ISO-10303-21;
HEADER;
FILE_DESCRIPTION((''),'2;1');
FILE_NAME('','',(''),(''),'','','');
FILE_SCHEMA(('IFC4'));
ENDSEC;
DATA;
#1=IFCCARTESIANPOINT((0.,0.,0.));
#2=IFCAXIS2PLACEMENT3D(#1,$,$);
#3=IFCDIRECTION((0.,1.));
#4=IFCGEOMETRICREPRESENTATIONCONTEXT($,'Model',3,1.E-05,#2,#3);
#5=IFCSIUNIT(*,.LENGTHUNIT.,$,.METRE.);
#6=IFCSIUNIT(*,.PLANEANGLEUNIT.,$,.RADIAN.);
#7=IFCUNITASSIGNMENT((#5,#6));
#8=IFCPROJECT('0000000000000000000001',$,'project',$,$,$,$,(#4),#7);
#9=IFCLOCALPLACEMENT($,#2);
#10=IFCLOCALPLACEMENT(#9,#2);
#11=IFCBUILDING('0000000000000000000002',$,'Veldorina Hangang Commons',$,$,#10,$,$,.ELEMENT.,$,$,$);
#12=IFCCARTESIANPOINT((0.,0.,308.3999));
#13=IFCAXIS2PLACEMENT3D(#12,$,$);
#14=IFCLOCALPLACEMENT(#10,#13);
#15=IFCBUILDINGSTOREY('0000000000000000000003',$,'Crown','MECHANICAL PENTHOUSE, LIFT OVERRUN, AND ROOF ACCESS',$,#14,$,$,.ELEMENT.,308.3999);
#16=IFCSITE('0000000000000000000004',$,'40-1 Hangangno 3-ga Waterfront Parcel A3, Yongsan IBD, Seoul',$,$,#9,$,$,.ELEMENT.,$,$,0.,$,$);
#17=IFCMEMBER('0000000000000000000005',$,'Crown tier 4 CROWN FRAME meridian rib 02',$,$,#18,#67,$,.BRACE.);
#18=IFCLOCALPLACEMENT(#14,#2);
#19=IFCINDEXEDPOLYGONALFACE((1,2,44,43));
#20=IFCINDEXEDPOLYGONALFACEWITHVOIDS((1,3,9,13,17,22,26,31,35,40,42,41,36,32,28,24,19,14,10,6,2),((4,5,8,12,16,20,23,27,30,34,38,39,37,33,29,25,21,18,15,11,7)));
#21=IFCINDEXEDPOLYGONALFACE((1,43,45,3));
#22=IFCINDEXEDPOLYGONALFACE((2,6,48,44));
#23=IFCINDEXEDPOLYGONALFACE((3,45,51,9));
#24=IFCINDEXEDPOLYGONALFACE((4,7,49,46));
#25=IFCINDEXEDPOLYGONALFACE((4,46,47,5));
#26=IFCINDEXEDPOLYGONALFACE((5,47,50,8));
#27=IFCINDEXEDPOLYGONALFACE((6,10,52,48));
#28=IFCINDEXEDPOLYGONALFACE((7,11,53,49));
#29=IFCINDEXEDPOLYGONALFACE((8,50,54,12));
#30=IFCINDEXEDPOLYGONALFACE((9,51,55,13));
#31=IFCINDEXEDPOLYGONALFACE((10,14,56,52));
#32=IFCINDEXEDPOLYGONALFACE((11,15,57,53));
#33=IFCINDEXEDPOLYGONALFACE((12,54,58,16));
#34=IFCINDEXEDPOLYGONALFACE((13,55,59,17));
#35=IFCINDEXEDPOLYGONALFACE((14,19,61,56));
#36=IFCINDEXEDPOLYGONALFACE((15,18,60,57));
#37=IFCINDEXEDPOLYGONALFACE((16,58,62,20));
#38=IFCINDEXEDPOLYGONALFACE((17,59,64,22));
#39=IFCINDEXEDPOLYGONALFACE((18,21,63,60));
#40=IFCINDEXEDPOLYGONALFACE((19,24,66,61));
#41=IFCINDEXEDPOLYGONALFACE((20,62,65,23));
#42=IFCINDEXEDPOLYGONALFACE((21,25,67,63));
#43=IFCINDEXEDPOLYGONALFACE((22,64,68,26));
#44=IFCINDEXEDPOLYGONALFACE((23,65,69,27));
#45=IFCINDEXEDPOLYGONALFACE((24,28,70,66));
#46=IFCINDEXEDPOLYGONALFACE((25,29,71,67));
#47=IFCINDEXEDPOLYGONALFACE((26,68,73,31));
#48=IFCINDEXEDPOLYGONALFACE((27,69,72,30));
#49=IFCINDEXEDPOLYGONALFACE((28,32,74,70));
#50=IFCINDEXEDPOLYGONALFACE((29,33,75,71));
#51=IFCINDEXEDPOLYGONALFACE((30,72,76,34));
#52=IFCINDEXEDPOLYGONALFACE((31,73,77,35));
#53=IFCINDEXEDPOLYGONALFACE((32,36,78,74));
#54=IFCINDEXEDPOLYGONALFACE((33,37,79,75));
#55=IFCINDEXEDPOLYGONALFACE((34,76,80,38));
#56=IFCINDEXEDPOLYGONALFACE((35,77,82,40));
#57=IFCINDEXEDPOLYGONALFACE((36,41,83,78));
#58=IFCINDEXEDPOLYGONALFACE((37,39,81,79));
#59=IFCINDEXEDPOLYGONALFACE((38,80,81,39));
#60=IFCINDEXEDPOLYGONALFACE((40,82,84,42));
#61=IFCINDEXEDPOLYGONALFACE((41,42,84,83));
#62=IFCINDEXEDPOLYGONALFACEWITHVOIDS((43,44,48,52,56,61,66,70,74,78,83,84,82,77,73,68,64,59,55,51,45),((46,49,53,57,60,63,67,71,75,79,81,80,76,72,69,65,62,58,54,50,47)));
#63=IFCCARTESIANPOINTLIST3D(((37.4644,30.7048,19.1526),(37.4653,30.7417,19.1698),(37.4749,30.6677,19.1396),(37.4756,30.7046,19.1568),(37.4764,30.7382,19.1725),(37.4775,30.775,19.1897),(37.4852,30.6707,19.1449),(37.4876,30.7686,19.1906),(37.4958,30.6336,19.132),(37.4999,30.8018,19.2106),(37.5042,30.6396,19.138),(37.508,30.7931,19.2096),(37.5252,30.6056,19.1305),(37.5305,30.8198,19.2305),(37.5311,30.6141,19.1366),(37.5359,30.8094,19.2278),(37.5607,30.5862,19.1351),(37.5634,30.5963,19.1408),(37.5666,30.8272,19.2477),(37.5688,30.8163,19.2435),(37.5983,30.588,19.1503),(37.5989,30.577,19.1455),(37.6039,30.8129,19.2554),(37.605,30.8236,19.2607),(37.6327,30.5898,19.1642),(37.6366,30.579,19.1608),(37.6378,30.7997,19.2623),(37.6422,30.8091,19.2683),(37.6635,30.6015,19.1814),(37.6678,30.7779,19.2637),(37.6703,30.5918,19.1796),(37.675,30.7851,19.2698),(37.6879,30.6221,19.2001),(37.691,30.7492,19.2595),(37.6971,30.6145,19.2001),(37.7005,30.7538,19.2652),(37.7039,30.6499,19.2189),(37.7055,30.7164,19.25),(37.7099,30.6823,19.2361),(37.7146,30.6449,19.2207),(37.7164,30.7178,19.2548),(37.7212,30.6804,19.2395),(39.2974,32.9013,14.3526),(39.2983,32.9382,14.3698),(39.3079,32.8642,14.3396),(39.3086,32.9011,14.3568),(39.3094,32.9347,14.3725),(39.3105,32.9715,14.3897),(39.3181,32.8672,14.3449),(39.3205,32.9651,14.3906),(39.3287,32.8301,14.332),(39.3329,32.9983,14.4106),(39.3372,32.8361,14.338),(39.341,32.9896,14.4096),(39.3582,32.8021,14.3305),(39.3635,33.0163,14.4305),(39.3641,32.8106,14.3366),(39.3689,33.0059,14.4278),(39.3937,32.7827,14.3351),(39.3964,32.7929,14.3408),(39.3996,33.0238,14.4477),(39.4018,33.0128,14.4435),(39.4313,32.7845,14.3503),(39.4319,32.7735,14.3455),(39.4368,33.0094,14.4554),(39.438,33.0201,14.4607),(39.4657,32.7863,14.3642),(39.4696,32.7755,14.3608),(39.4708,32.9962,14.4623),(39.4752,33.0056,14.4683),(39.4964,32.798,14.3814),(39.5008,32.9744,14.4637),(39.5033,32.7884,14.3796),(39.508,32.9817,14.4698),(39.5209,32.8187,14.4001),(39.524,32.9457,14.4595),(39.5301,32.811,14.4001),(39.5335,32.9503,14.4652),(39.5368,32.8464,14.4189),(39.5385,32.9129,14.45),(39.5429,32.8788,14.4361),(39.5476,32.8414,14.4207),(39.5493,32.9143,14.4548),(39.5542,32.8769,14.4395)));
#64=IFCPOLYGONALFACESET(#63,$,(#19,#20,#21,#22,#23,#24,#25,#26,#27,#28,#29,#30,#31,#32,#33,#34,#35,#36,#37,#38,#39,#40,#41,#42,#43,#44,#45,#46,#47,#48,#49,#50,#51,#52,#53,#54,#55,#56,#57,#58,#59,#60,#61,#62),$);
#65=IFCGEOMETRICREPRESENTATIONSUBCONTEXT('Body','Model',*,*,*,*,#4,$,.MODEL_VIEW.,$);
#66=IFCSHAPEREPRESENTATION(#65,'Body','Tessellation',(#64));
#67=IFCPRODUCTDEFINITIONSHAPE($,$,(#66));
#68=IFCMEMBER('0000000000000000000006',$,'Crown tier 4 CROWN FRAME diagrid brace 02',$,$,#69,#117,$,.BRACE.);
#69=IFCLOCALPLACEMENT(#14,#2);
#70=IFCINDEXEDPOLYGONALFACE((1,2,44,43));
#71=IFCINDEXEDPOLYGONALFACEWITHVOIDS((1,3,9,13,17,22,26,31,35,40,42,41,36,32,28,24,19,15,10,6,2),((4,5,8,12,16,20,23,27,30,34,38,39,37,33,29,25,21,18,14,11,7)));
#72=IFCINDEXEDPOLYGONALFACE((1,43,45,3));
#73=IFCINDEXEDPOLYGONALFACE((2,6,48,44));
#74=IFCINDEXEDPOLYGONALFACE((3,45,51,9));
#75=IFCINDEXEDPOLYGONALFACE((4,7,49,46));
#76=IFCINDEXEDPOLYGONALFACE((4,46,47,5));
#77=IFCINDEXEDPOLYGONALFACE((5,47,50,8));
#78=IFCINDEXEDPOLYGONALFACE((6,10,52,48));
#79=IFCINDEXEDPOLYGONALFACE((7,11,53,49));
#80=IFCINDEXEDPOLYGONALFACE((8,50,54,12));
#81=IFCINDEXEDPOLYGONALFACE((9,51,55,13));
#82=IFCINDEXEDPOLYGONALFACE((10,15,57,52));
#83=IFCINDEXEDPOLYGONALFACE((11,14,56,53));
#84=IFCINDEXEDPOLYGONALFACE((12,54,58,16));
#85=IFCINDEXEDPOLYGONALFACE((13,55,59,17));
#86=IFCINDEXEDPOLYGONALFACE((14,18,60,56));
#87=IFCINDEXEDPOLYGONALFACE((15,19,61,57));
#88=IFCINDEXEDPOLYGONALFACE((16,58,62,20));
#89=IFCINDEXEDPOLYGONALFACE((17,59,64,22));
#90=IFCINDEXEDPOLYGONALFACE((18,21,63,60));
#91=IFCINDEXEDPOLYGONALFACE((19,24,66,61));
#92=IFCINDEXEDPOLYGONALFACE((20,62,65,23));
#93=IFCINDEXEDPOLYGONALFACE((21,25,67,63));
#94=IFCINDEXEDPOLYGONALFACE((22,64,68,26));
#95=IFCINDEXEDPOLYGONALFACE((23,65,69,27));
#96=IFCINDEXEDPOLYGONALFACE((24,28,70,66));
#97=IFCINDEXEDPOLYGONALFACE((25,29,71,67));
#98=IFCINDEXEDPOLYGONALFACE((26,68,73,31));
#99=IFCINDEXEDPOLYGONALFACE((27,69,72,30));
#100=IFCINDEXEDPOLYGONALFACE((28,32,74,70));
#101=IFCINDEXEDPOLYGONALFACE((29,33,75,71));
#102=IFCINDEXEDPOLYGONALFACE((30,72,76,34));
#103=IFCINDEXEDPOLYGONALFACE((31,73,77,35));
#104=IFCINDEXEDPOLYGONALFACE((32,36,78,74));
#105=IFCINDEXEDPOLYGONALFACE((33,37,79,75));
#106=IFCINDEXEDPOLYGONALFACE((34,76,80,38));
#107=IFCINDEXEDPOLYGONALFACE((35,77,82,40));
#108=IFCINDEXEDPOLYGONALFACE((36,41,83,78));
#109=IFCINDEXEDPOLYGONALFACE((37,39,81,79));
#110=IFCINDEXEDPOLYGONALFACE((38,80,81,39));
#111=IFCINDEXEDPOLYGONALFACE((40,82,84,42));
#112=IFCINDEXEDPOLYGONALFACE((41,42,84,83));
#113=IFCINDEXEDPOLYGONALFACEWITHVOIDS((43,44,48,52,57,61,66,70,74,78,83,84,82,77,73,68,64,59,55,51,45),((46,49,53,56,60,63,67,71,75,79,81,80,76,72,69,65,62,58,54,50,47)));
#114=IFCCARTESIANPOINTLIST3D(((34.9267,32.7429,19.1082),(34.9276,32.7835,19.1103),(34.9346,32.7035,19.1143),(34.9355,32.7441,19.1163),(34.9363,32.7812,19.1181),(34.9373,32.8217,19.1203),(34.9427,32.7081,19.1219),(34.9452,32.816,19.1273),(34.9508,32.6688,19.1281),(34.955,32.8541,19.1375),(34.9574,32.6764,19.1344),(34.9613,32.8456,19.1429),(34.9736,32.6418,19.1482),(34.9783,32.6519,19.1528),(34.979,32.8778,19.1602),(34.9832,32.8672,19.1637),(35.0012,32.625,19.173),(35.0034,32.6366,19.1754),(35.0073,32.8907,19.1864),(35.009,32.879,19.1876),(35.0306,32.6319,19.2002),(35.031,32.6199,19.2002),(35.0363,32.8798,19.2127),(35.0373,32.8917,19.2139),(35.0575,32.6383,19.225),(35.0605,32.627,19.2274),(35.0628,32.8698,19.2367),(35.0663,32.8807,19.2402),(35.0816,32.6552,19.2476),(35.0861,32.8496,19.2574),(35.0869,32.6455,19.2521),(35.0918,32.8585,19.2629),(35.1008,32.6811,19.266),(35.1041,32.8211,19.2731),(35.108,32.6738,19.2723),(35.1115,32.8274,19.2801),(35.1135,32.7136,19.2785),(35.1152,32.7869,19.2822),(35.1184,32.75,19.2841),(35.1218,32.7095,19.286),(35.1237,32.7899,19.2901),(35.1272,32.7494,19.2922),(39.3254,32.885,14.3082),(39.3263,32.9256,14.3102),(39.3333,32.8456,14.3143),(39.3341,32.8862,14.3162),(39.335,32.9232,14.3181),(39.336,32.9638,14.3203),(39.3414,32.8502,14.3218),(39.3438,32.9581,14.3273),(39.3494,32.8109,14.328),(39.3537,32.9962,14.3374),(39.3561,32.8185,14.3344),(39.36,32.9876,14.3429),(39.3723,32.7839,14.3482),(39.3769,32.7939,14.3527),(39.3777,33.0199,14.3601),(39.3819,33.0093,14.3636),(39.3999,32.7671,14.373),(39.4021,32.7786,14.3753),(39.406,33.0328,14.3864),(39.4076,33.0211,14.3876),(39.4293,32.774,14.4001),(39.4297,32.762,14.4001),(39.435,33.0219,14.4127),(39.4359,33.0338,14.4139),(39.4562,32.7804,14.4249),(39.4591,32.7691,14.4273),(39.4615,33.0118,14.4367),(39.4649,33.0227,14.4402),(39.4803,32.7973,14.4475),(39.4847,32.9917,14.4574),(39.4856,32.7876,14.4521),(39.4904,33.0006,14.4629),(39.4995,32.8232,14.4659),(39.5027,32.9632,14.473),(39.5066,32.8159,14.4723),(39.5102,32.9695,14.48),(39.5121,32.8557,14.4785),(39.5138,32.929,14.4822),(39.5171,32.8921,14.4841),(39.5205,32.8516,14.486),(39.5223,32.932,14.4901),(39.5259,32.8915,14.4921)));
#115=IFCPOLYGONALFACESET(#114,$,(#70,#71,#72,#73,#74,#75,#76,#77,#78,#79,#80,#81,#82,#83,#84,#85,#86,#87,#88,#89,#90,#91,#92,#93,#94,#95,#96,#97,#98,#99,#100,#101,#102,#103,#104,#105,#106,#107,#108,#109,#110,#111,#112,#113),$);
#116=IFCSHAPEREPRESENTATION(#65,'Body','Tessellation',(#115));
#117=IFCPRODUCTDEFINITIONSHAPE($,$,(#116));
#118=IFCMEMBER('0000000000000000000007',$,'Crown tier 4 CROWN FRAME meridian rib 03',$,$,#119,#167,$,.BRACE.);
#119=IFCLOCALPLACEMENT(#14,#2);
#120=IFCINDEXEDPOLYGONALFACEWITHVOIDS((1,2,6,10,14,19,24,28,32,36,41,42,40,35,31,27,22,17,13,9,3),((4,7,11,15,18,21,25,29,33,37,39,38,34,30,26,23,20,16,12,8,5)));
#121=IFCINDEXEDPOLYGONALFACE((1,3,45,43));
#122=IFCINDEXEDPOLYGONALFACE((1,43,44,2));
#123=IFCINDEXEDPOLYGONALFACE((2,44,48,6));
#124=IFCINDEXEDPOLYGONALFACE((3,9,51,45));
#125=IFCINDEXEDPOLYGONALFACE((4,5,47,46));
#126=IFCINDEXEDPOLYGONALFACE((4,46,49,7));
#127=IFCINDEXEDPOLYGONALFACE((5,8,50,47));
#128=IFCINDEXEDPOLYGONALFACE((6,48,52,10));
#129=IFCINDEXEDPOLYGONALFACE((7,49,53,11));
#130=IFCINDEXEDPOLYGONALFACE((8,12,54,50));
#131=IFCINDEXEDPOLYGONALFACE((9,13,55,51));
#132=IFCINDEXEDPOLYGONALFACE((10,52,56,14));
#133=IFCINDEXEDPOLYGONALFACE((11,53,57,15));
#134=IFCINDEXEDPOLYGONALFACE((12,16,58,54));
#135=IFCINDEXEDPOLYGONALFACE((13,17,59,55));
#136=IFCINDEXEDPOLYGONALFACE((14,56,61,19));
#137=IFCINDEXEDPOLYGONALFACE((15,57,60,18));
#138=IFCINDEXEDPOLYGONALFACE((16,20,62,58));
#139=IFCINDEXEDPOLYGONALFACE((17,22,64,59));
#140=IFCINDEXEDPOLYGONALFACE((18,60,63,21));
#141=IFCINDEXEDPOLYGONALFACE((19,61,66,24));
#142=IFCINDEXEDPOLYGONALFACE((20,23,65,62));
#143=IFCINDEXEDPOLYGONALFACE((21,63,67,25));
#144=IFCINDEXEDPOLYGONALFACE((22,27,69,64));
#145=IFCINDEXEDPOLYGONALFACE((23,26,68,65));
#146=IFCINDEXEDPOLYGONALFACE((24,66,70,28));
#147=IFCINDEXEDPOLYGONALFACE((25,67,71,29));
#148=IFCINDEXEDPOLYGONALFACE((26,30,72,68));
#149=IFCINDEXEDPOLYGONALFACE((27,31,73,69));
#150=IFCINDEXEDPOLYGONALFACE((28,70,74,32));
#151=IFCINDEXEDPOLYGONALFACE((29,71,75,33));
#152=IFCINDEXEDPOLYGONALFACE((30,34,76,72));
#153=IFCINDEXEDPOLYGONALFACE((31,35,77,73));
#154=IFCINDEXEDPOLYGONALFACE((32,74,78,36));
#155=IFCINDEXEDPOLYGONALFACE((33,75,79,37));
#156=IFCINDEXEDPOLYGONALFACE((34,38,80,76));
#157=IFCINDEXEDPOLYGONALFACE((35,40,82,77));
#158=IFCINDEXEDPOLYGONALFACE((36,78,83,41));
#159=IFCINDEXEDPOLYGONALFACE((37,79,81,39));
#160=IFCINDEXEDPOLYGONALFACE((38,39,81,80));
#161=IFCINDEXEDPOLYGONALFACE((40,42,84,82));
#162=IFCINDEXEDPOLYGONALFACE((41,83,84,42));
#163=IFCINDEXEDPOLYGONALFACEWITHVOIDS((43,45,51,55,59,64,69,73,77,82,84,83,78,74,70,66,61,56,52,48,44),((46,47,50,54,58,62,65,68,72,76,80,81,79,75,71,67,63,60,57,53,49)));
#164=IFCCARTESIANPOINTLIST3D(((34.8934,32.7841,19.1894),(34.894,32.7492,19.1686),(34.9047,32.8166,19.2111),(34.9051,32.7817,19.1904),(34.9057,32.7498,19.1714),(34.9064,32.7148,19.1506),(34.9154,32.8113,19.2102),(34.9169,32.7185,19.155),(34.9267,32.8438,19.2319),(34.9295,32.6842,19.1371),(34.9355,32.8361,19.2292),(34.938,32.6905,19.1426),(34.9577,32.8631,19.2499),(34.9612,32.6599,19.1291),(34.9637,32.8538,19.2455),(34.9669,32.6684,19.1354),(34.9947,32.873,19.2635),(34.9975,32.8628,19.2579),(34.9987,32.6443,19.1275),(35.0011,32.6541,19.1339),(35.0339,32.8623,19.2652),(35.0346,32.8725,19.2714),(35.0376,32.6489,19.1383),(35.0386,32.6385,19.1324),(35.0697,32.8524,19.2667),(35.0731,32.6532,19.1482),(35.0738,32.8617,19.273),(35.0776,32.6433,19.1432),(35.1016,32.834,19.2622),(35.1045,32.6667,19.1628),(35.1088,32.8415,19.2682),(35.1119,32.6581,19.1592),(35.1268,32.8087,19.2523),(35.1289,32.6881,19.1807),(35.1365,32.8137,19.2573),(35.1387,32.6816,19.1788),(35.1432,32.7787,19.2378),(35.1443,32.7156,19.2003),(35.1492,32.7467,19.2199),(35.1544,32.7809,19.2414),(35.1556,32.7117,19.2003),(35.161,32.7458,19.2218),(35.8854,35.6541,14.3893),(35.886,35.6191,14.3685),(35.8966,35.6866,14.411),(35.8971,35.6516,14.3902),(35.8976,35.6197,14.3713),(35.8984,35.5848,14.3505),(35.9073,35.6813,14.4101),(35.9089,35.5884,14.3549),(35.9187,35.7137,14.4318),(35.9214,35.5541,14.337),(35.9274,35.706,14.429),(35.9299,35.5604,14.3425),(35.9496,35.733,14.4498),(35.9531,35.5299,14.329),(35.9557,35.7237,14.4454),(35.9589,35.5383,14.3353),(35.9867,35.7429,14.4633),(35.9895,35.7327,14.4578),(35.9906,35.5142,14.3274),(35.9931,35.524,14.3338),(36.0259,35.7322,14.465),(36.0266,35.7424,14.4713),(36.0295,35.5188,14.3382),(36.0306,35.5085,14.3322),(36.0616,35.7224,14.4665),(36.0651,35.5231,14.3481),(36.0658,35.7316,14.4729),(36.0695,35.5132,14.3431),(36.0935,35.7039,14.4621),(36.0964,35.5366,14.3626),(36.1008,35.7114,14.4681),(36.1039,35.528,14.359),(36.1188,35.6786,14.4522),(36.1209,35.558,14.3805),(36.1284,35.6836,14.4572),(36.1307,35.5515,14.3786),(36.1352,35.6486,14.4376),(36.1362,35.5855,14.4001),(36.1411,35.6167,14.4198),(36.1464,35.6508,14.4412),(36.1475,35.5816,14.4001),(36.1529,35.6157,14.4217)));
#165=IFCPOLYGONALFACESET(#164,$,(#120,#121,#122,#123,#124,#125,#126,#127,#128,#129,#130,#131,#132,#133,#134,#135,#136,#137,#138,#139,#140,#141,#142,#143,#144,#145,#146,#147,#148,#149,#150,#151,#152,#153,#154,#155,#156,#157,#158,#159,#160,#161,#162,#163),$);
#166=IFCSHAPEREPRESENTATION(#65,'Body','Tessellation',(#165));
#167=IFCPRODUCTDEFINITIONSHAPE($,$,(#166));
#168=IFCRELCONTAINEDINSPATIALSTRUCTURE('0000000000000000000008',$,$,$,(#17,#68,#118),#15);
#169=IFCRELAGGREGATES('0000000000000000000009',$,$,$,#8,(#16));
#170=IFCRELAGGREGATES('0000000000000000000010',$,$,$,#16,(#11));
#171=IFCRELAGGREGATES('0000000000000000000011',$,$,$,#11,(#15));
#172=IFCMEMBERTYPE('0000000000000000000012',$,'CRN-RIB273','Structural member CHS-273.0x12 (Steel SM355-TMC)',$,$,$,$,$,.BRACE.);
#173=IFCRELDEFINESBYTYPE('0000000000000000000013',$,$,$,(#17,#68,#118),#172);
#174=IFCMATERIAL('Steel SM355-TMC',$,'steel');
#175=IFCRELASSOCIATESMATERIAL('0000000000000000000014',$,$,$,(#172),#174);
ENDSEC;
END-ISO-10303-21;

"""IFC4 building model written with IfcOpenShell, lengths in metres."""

from ifc_helpers import new_model, si_unit, direction, frame, origin, origin_2d, place, context, subcontext, project, spatial, hollow_circle, extrude, material, material_profile, profile_set, type_object, element, save


model = new_model("IFC4")

# Units and contexts
model_context = context("Model", 3, precision=1e-05, world=origin(), true_north=direction((0.0, 1.0)))
body_context = subcontext(model_context, "Body", "Model", "MODEL_VIEW")
ifc_project = project(units=[si_unit("LENGTHUNIT", "METRE"), si_unit("PLANEANGLEUNIT", "RADIAN")], contexts=[model_context])

# Site, building, storey
site_placement = place(None, origin())
site = spatial("IfcSite", under=ifc_project, at=site_placement, Name="40-1 Hangangno 3-ga Waterfront Parcel A3, Yongsan IBD, Seoul", CompositionType="ELEMENT", RefElevation=0.0)
building_placement = place(site_placement, origin())
building = spatial("IfcBuilding", under=site, at=building_placement, Name="Veldorina Hangang Commons", CompositionType="ELEMENT")
storey_placement = place(building_placement, frame((0.0, 0.0, 308.3999)))
storey = spatial("IfcBuildingStorey", under=building, at=storey_placement, Name="Crown", Description="MECHANICAL PENTHOUSE, LIFT OVERRUN, AND ROOF ACCESS", CompositionType="ELEMENT", Elevation=308.3999)

# Members
ifc_material_1 = material(Name="Steel SM355-TMC", Category="steel")
ifc_material_profile_1 = material_profile(ifc_material_1, hollow_circle(Radius=0.1365, WallThickness=0.012, at=origin_2d()), Name="CHS-273.0x12")
ifc_profile_set_1 = profile_set([ifc_material_profile_1], Name="Steel SM355-TMC")
member_type_1 = type_object("IfcMemberType", Name="CRN-RIB273", Description="Structural member CHS-273.0x12 (Steel SM355-TMC)", PredefinedType="BRACE", material=ifc_profile_set_1)
member_1_placement = place(storey_placement, frame((39.4253, 32.8984, 14.4001), z_axis=(-0.328029, -0.393084, 0.859001), x_axis=(0.76778, -0.640713, 0.0)))
element("IfcMember", 1, at=member_1_placement, inside=storey, type_object=member_type_1, Name="Crown tier 4 CROWN FRAME meridian rib 02", PredefinedType="BRACE", context=body_context, shape_type="SweptSolid", body=[
    extrude(hollow_circle(Radius=0.1365, WallThickness=0.012, at=origin_2d()), origin(), (0.0, 0.0, 1.0), 5.5879),
])
member_2_placement = place(storey_placement, frame((39.4253, 32.8984, 14.4001), z_axis=(-0.67545, -0.021819, 0.737083), x_axis=(0.032286, -0.999479, 0.0)))
element("IfcMember", 2, at=member_2_placement, inside=storey, type_object=member_type_1, Name="Crown tier 4 CROWN FRAME diagrid brace 02", PredefinedType="BRACE", context=body_context, shape_type="SweptSolid", body=[
    extrude(hollow_circle(Radius=0.1365, WallThickness=0.012, at=origin_2d()), origin(), (0.0, 0.0, 1.0), 6.5122),
])
member_3_placement = place(storey_placement, frame((36.0186, 35.6262, 14.4001), z_axis=(-0.174643, -0.505273, 0.845103), x_axis=(0.945136, -0.326677, 0.0)))
element("IfcMember", 3, at=member_3_placement, inside=storey, type_object=member_type_1, Name="Crown tier 4 CROWN FRAME meridian rib 03", PredefinedType="BRACE", context=body_context, shape_type="SweptSolid", body=[
    extrude(hollow_circle(Radius=0.1365, WallThickness=0.012, at=origin_2d()), origin(), (0.0, 0.0, 1.0), 5.6799),
])

save(model, "model.ifc")
